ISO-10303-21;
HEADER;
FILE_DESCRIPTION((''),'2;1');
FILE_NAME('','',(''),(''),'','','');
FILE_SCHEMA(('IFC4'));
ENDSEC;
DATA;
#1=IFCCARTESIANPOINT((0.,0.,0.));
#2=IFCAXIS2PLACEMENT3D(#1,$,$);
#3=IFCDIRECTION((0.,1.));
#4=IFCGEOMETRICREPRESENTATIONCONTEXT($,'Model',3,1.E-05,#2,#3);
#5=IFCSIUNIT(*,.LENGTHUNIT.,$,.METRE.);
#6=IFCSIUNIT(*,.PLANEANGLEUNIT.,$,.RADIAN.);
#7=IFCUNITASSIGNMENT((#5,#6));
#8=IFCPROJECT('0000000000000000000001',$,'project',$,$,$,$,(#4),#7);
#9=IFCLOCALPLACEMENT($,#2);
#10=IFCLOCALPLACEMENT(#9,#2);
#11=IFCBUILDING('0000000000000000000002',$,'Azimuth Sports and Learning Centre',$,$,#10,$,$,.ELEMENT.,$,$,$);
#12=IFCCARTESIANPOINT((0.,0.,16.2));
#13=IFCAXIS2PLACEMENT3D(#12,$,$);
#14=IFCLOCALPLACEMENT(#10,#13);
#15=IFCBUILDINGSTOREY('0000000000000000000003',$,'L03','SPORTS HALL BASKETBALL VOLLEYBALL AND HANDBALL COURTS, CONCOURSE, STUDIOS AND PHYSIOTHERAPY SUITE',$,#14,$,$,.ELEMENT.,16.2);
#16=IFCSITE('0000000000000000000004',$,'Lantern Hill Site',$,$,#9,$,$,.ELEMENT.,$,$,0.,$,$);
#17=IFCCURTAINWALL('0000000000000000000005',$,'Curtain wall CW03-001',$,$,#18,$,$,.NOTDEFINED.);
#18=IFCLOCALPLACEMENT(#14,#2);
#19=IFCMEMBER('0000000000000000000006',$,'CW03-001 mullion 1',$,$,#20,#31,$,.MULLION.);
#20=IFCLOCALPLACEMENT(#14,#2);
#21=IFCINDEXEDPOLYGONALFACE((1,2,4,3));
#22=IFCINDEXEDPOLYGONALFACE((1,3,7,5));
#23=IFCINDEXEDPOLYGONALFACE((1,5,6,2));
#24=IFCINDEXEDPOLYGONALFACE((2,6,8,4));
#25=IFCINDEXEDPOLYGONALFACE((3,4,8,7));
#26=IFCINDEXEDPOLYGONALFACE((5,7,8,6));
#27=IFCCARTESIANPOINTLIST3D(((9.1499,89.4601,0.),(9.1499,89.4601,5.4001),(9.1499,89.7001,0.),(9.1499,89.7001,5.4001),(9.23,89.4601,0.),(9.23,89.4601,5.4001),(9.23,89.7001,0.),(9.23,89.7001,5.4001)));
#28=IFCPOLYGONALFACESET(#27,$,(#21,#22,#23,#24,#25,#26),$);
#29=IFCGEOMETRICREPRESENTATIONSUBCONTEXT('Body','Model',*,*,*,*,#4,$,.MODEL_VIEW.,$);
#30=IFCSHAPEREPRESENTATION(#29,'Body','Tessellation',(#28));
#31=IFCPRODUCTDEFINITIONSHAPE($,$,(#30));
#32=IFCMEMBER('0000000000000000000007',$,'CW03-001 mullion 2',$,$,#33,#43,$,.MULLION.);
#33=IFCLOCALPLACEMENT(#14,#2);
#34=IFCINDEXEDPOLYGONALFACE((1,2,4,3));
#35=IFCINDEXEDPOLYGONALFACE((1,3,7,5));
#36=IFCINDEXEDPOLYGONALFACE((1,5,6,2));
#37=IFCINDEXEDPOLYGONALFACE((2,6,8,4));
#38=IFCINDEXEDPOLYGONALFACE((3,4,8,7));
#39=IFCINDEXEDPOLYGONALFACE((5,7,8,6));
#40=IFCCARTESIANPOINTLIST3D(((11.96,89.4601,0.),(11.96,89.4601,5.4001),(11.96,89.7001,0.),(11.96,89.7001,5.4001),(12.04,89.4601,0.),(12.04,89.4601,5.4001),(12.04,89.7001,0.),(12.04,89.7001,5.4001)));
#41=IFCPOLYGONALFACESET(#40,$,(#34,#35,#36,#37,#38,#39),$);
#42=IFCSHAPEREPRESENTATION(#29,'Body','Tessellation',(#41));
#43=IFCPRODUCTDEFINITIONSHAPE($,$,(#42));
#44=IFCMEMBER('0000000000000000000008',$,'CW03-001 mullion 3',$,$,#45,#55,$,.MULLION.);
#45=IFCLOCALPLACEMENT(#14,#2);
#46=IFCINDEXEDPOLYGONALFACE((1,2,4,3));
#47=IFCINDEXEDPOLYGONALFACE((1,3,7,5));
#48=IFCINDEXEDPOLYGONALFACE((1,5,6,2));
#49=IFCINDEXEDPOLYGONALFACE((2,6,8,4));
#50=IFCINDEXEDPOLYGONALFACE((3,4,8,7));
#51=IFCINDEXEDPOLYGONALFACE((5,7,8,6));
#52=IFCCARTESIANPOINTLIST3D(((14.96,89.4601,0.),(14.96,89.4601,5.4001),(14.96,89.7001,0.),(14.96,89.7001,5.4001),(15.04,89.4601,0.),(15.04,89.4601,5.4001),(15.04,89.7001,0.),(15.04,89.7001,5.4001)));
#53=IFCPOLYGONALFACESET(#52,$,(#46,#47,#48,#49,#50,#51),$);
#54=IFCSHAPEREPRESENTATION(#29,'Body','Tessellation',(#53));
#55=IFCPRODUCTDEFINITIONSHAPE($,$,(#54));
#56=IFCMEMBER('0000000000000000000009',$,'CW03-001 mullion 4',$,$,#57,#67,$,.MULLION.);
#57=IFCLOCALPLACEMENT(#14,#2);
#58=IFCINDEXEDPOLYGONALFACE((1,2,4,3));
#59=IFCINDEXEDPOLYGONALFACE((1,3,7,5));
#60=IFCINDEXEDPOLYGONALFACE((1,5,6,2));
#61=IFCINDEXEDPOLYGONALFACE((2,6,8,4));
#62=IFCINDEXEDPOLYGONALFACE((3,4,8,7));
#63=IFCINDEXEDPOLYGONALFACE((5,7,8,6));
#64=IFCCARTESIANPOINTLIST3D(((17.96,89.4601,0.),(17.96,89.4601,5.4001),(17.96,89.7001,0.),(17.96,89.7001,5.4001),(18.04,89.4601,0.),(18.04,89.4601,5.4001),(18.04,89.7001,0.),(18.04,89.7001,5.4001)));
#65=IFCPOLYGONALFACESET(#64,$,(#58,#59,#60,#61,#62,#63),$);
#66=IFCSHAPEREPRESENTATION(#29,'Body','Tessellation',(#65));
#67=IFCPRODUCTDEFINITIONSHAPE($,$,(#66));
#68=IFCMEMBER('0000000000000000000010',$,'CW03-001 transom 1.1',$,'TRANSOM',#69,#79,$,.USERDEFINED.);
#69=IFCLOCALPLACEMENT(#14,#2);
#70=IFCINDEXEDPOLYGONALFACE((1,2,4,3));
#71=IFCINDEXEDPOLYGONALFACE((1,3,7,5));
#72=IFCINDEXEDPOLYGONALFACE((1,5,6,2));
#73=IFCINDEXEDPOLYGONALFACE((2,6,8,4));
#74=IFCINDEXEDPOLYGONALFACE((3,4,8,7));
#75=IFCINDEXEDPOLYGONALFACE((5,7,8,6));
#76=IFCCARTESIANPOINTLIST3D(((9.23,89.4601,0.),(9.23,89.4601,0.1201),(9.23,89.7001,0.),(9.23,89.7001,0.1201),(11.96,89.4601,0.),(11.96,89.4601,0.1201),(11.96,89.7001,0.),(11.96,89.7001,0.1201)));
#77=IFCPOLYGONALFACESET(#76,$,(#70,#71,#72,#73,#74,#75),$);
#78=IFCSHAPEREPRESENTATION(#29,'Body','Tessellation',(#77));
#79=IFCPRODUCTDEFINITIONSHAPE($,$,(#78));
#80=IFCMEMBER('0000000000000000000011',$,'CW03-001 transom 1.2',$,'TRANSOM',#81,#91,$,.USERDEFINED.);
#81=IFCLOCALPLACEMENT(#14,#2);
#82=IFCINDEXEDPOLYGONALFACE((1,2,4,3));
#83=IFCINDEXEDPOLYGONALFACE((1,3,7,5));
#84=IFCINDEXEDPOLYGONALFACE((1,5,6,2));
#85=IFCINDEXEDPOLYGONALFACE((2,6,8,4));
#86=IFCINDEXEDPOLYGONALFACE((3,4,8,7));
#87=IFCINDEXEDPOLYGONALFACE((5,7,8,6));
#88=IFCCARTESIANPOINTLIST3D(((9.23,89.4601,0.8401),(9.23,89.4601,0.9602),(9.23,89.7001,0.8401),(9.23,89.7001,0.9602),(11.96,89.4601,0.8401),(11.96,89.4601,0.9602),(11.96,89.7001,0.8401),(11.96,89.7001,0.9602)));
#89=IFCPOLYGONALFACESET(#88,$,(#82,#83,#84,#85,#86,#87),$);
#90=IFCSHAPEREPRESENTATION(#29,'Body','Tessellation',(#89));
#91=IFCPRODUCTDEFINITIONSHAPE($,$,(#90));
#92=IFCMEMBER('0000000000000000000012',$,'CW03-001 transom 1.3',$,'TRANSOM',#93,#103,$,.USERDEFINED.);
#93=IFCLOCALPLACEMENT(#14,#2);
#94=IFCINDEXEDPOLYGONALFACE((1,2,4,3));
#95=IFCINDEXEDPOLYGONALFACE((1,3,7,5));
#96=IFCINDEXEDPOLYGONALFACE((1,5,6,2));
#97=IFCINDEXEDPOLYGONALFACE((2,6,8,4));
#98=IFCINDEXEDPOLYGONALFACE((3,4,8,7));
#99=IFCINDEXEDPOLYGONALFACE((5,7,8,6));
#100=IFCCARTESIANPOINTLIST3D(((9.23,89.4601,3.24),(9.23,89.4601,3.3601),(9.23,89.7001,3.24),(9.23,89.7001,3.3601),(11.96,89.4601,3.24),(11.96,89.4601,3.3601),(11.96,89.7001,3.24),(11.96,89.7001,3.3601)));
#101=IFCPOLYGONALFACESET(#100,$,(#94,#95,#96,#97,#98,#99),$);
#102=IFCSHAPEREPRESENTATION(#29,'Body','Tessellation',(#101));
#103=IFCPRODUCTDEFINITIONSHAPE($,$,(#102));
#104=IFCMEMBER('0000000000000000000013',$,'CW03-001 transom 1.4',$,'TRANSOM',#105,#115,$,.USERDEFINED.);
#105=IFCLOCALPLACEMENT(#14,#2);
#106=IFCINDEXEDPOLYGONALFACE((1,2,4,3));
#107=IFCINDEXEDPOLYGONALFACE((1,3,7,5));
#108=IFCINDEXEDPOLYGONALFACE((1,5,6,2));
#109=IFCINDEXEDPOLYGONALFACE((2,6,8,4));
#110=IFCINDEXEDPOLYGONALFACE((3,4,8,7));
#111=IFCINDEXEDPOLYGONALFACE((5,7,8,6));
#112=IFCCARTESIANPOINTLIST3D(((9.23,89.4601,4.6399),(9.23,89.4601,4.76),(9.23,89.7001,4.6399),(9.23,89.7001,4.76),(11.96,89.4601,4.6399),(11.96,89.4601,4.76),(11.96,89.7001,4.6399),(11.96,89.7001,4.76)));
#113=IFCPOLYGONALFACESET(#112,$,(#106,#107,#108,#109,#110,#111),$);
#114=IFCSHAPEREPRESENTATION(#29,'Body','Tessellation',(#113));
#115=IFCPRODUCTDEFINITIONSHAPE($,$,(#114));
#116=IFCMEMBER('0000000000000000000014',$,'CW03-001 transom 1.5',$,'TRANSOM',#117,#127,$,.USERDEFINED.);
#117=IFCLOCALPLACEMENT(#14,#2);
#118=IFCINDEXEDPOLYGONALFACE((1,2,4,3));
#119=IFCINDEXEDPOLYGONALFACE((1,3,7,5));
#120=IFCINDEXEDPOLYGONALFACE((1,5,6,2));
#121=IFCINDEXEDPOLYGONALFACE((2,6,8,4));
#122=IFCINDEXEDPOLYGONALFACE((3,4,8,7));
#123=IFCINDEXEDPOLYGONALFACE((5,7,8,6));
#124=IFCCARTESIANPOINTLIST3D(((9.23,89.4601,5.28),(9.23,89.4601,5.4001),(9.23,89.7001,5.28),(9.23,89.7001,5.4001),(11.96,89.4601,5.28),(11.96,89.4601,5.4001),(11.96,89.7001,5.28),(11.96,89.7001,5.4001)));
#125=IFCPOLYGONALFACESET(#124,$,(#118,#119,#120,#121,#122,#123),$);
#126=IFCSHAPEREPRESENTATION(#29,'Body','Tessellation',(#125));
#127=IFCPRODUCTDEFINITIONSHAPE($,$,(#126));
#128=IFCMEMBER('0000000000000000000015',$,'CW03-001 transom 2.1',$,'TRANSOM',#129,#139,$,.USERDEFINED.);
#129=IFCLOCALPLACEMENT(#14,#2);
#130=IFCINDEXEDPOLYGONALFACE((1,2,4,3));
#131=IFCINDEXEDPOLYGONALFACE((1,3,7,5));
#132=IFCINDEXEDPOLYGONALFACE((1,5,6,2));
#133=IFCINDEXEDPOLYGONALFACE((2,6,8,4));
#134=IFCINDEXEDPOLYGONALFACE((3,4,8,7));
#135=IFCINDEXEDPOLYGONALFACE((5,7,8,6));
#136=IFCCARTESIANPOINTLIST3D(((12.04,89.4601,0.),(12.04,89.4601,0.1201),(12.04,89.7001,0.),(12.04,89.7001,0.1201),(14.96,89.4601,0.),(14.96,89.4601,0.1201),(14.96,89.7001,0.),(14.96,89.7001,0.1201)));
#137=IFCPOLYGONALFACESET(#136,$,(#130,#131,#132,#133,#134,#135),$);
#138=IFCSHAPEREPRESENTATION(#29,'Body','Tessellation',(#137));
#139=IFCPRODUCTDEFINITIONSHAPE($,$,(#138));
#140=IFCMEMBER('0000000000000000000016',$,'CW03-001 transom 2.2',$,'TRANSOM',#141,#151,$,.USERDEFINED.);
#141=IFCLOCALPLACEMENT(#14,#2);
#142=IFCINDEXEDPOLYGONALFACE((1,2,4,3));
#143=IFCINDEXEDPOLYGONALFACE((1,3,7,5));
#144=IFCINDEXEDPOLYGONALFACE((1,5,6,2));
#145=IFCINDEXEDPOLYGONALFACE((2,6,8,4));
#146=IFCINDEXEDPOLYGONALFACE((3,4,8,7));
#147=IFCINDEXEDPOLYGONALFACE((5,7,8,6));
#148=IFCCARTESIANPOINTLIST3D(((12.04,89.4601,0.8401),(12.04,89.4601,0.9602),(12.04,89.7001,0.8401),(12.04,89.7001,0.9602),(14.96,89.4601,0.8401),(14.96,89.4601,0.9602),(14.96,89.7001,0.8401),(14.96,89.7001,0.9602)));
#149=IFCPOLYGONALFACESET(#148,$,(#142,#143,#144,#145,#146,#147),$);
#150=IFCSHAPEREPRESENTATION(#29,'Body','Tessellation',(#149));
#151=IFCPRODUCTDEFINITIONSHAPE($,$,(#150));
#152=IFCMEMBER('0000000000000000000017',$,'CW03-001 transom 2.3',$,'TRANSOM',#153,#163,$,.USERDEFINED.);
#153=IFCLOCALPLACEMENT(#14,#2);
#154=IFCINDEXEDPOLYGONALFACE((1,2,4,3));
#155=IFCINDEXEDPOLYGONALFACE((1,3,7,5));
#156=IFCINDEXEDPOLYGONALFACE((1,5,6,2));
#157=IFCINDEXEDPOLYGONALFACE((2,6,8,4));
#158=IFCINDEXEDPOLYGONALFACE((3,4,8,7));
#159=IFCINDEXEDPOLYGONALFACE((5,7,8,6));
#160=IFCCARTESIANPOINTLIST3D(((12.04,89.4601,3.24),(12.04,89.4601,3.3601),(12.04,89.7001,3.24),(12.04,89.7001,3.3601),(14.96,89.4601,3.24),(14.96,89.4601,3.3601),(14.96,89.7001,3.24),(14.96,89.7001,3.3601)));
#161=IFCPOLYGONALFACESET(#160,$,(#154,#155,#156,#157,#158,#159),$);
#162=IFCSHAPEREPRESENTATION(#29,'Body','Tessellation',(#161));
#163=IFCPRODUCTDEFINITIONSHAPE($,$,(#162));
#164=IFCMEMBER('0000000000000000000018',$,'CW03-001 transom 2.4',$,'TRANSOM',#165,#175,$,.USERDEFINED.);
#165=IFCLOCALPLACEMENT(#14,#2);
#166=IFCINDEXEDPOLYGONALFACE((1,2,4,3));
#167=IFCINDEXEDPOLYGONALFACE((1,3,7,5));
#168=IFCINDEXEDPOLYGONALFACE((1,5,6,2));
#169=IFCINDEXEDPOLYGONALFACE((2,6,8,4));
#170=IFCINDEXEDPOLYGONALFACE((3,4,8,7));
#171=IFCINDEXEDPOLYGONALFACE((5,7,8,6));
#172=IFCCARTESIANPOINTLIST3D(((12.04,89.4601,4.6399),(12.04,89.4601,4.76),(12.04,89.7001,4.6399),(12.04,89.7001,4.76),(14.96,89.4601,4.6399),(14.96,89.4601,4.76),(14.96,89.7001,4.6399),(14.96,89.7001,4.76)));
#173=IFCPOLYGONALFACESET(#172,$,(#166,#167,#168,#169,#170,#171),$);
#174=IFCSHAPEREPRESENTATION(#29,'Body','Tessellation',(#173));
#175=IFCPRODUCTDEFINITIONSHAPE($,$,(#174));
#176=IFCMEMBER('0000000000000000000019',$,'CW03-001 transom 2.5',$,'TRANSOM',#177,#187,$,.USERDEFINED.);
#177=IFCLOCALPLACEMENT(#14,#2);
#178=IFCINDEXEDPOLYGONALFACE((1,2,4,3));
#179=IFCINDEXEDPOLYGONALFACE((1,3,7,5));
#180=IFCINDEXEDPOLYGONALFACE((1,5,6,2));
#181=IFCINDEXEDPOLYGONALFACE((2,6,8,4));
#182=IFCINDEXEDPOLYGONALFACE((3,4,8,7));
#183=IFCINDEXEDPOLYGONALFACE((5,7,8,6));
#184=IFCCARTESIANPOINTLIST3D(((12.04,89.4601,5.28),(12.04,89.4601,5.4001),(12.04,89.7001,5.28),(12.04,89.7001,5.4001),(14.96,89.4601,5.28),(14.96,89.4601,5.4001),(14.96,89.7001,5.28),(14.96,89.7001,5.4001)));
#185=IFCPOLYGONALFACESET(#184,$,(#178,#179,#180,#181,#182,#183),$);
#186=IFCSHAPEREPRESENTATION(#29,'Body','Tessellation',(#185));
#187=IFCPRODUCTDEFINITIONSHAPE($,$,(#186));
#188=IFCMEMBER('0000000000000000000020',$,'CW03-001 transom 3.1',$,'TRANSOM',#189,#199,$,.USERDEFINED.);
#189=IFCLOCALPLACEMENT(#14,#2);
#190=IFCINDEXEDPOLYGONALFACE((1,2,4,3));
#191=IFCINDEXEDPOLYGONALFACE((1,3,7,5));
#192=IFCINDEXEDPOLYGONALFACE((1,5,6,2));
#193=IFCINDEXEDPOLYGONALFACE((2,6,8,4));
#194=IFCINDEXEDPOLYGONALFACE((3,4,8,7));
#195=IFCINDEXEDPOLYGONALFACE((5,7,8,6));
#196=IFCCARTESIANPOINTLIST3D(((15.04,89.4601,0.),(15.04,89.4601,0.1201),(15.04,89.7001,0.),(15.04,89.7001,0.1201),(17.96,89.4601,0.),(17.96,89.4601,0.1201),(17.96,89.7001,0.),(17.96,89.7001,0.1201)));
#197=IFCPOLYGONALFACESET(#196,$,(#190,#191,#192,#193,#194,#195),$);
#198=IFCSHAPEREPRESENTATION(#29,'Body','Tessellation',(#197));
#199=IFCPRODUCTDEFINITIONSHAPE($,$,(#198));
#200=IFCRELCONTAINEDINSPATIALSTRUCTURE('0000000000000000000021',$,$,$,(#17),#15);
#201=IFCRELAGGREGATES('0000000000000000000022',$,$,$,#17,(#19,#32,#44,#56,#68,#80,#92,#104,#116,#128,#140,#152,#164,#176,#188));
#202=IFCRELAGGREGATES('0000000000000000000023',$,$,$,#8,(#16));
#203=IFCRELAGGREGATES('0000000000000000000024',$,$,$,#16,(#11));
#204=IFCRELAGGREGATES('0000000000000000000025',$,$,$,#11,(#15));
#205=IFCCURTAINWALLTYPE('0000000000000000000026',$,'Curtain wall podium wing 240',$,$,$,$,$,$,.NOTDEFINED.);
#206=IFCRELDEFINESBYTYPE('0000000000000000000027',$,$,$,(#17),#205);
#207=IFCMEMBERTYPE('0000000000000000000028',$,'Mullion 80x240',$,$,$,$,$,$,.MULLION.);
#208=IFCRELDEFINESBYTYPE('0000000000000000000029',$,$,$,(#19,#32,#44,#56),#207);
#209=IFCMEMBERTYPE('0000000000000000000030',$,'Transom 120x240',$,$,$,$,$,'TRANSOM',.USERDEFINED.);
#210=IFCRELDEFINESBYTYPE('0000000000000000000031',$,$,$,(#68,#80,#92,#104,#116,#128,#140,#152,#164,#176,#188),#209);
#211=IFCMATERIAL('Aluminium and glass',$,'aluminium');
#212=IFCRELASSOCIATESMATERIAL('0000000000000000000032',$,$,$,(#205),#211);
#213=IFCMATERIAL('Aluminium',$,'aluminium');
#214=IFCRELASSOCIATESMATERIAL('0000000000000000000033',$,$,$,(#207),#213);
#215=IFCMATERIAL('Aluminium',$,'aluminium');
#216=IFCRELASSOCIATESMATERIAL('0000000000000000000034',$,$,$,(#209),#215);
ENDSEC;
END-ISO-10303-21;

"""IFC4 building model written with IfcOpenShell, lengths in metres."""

from ifc_helpers import new_model, si_unit, direction, frame, origin, origin_2d, place, context, subcontext, project, spatial, rectangle, extrude, material, material_profile, profile_set, type_object, element, aggregate, save


model = new_model("IFC4")

# Units and contexts
model_context = context("Model", 3, precision=1e-05, world=origin(), true_north=direction((0.0, 1.0)))
body_context = subcontext(model_context, "Body", "Model", "MODEL_VIEW")
ifc_project = project(units=[si_unit("LENGTHUNIT", "METRE"), si_unit("PLANEANGLEUNIT", "RADIAN")], contexts=[model_context])

# Site, building, storey
site_placement = place(None, origin())
site = spatial("IfcSite", under=ifc_project, at=site_placement, Name="Lantern Hill Site", CompositionType="ELEMENT", RefElevation=0.0)
building_placement = place(site_placement, origin())
building = spatial("IfcBuilding", under=site, at=building_placement, Name="Azimuth Sports and Learning Centre", CompositionType="ELEMENT")
storey_placement = place(building_placement, frame((0.0, 0.0, 16.2)))
storey = spatial("IfcBuildingStorey", under=building, at=storey_placement, Name="L03", Description="SPORTS HALL BASKETBALL VOLLEYBALL AND HANDBALL COURTS, CONCOURSE, STUDIOS AND PHYSIOTHERAPY SUITE", CompositionType="ELEMENT", Elevation=16.2)

# Curtain wall, members
ifc_material_1 = material(Name="Aluminium and glass", Category="aluminium")
curtain_wall_type = type_object("IfcCurtainWallType", Name="Curtain wall podium wing 240", PredefinedType="NOTDEFINED", material=ifc_material_1)
curtain_wall_placement = place(storey_placement, origin())
curtain_wall = element("IfcCurtainWall", 1, at=curtain_wall_placement, inside=storey, type_object=curtain_wall_type, Name="Curtain wall CW03-001", PredefinedType="NOTDEFINED")
ifc_material_2 = material(Name="Aluminium", Category="aluminium")
ifc_material_profile_1 = material_profile(ifc_material_2, rectangle(XDim=0.24, YDim=0.0801, at=origin_2d()), Name="Mullion 80x240")
ifc_profile_set_1 = profile_set([ifc_material_profile_1], Name="Aluminium")
member_type_1 = type_object("IfcMemberType", Name="Mullion 80x240", PredefinedType="MULLION", material=ifc_profile_set_1)
member_1_placement = place(storey_placement, frame((9.1899, 89.5801, 0.0), z_axis=(0.0, 0.0, 1.0), x_axis=(0.0, 1.0, 0.0)))
member_1 = element("IfcMember", 2, at=member_1_placement, type_object=member_type_1, Name="CW03-001 mullion 1", PredefinedType="MULLION", context=body_context, shape_type="SweptSolid", body=[
    extrude(rectangle(XDim=0.24, YDim=0.0801, at=origin_2d()), origin(), (0.0, 0.0, 1.0), 5.4001),
])
member_2_placement = place(storey_placement, frame((12.0, 89.5801, 0.0), z_axis=(0.0, 0.0, 1.0), x_axis=(0.0, 1.0, 0.0)))
member_2 = element("IfcMember", 3, at=member_2_placement, type_object=member_type_1, Name="CW03-001 mullion 2", PredefinedType="MULLION", context=body_context, shape_type="SweptSolid", body=[
    extrude(rectangle(XDim=0.24, YDim=0.0801, at=origin_2d()), origin(), (0.0, 0.0, 1.0), 5.4001),
])
member_3_placement = place(storey_placement, frame((15.0, 89.5801, 0.0), z_axis=(0.0, 0.0, 1.0), x_axis=(0.0, 1.0, 0.0)))
member_3 = element("IfcMember", 4, at=member_3_placement, type_object=member_type_1, Name="CW03-001 mullion 3", PredefinedType="MULLION", context=body_context, shape_type="SweptSolid", body=[
    extrude(rectangle(XDim=0.24, YDim=0.0801, at=origin_2d()), origin(), (0.0, 0.0, 1.0), 5.4001),
])
member_4_placement = place(storey_placement, frame((18.0, 89.5801, 0.0), z_axis=(0.0, 0.0, 1.0), x_axis=(0.0, 1.0, 0.0)))
member_4 = element("IfcMember", 5, at=member_4_placement, type_object=member_type_1, Name="CW03-001 mullion 4", PredefinedType="MULLION", context=body_context, shape_type="SweptSolid", body=[
    extrude(rectangle(XDim=0.24, YDim=0.0801, at=origin_2d()), origin(), (0.0, 0.0, 1.0), 5.4001),
])
ifc_material_3 = material(Name="Aluminium", Category="aluminium")
ifc_material_profile_2 = material_profile(ifc_material_3, rectangle(XDim=0.24, YDim=0.1201, at=origin_2d()), Name="Transom 120x240")
ifc_profile_set_2 = profile_set([ifc_material_profile_2], Name="Aluminium")
member_type_2 = type_object("IfcMemberType", Name="Transom 120x240", ElementType="TRANSOM", PredefinedType="USERDEFINED", material=ifc_profile_set_2)
member_5_placement = place(storey_placement, frame((9.23, 89.5801, 0.0601), z_axis=(1.0, 0.0, 0.0), x_axis=(0.0, 1.0, 0.0)))
member_5 = element("IfcMember", 6, at=member_5_placement, type_object=member_type_2, Name="CW03-001 transom 1.1", ObjectType="TRANSOM", PredefinedType="USERDEFINED", context=body_context, shape_type="SweptSolid", body=[
    extrude(rectangle(XDim=0.24, YDim=0.1201, at=origin_2d()), origin(), (0.0, 0.0, 1.0), 2.73),
])
member_6_placement = place(storey_placement, frame((9.23, 89.5801, 0.9001), z_axis=(1.0, 0.0, 0.0), x_axis=(0.0, 1.0, 0.0)))
member_6 = element("IfcMember", 7, at=member_6_placement, type_object=member_type_2, Name="CW03-001 transom 1.2", ObjectType="TRANSOM", PredefinedType="USERDEFINED", context=body_context, shape_type="SweptSolid", body=[
    extrude(rectangle(XDim=0.24, YDim=0.1201, at=origin_2d()), origin(), (0.0, 0.0, 1.0), 2.73),
])
member_7_placement = place(storey_placement, frame((9.23, 89.5801, 3.3), z_axis=(1.0, 0.0, 0.0), x_axis=(0.0, 1.0, 0.0)))
member_7 = element("IfcMember", 8, at=member_7_placement, type_object=member_type_2, Name="CW03-001 transom 1.3", ObjectType="TRANSOM", PredefinedType="USERDEFINED", context=body_context, shape_type="SweptSolid", body=[
    extrude(rectangle(XDim=0.24, YDim=0.1201, at=origin_2d()), origin(), (0.0, 0.0, 1.0), 2.73),
])
member_8_placement = place(storey_placement, frame((9.23, 89.5801, 4.7), z_axis=(1.0, 0.0, 0.0), x_axis=(0.0, 1.0, 0.0)))
member_8 = element("IfcMember", 9, at=member_8_placement, type_object=member_type_2, Name="CW03-001 transom 1.4", ObjectType="TRANSOM", PredefinedType="USERDEFINED", context=body_context, shape_type="SweptSolid", body=[
    extrude(rectangle(XDim=0.24, YDim=0.1201, at=origin_2d()), origin(), (0.0, 0.0, 1.0), 2.73),
])
member_9_placement = place(storey_placement, frame((9.23, 89.5801, 5.3401), z_axis=(1.0, 0.0, 0.0), x_axis=(0.0, 1.0, 0.0)))
member_9 = element("IfcMember", 10, at=member_9_placement, type_object=member_type_2, Name="CW03-001 transom 1.5", ObjectType="TRANSOM", PredefinedType="USERDEFINED", context=body_context, shape_type="SweptSolid", body=[
    extrude(rectangle(XDim=0.24, YDim=0.1201, at=origin_2d()), origin(), (0.0, 0.0, 1.0), 2.73),
])
member_10_placement = place(storey_placement, frame((12.04, 89.5801, 0.0601), z_axis=(1.0, 0.0, 0.0), x_axis=(0.0, 1.0, 0.0)))
member_10 = element("IfcMember", 11, at=member_10_placement, type_object=member_type_2, Name="CW03-001 transom 2.1", ObjectType="TRANSOM", PredefinedType="USERDEFINED", context=body_context, shape_type="SweptSolid", body=[
    extrude(rectangle(XDim=0.24, YDim=0.1201, at=origin_2d()), origin(), (0.0, 0.0, 1.0), 2.9199),
])
member_11_placement = place(storey_placement, frame((12.04, 89.5801, 0.9001), z_axis=(1.0, 0.0, 0.0), x_axis=(0.0, 1.0, 0.0)))
member_11 = element("IfcMember", 12, at=member_11_placement, type_object=member_type_2, Name="CW03-001 transom 2.2", ObjectType="TRANSOM", PredefinedType="USERDEFINED", context=body_context, shape_type="SweptSolid", body=[
    extrude(rectangle(XDim=0.24, YDim=0.1201, at=origin_2d()), origin(), (0.0, 0.0, 1.0), 2.9199),
])
member_12_placement = place(storey_placement, frame((12.04, 89.5801, 3.3), z_axis=(1.0, 0.0, 0.0), x_axis=(0.0, 1.0, 0.0)))
member_12 = element("IfcMember", 13, at=member_12_placement, type_object=member_type_2, Name="CW03-001 transom 2.3", ObjectType="TRANSOM", PredefinedType="USERDEFINED", context=body_context, shape_type="SweptSolid", body=[
    extrude(rectangle(XDim=0.24, YDim=0.1201, at=origin_2d()), origin(), (0.0, 0.0, 1.0), 2.9199),
])
member_13_placement = place(storey_placement, frame((12.04, 89.5801, 4.7), z_axis=(1.0, 0.0, 0.0), x_axis=(0.0, 1.0, 0.0)))
member_13 = element("IfcMember", 14, at=member_13_placement, type_object=member_type_2, Name="CW03-001 transom 2.4", ObjectType="TRANSOM", PredefinedType="USERDEFINED", context=body_context, shape_type="SweptSolid", body=[
    extrude(rectangle(XDim=0.24, YDim=0.1201, at=origin_2d()), origin(), (0.0, 0.0, 1.0), 2.9199),
])
member_14_placement = place(storey_placement, frame((12.04, 89.5801, 5.3401), z_axis=(1.0, 0.0, 0.0), x_axis=(0.0, 1.0, 0.0)))
member_14 = element("IfcMember", 15, at=member_14_placement, type_object=member_type_2, Name="CW03-001 transom 2.5", ObjectType="TRANSOM", PredefinedType="USERDEFINED", context=body_context, shape_type="SweptSolid", body=[
    extrude(rectangle(XDim=0.24, YDim=0.1201, at=origin_2d()), origin(), (0.0, 0.0, 1.0), 2.9199),
])
member_15_placement = place(storey_placement, frame((15.04, 89.5801, 0.0601), z_axis=(1.0, 0.0, 0.0), x_axis=(0.0, 1.0, 0.0)))
member_15 = element("IfcMember", 16, at=member_15_placement, type_object=member_type_2, Name="CW03-001 transom 3.1", ObjectType="TRANSOM", PredefinedType="USERDEFINED", context=body_context, shape_type="SweptSolid", body=[
    extrude(rectangle(XDim=0.24, YDim=0.1201, at=origin_2d()), origin(), (0.0, 0.0, 1.0), 2.9199),
])
aggregate(curtain_wall, [member_1, member_2, member_3, member_4, member_5, member_6, member_7, member_8, member_9, member_10, member_11, member_12, member_13, member_14, member_15])

save(model, "model.ifc")
